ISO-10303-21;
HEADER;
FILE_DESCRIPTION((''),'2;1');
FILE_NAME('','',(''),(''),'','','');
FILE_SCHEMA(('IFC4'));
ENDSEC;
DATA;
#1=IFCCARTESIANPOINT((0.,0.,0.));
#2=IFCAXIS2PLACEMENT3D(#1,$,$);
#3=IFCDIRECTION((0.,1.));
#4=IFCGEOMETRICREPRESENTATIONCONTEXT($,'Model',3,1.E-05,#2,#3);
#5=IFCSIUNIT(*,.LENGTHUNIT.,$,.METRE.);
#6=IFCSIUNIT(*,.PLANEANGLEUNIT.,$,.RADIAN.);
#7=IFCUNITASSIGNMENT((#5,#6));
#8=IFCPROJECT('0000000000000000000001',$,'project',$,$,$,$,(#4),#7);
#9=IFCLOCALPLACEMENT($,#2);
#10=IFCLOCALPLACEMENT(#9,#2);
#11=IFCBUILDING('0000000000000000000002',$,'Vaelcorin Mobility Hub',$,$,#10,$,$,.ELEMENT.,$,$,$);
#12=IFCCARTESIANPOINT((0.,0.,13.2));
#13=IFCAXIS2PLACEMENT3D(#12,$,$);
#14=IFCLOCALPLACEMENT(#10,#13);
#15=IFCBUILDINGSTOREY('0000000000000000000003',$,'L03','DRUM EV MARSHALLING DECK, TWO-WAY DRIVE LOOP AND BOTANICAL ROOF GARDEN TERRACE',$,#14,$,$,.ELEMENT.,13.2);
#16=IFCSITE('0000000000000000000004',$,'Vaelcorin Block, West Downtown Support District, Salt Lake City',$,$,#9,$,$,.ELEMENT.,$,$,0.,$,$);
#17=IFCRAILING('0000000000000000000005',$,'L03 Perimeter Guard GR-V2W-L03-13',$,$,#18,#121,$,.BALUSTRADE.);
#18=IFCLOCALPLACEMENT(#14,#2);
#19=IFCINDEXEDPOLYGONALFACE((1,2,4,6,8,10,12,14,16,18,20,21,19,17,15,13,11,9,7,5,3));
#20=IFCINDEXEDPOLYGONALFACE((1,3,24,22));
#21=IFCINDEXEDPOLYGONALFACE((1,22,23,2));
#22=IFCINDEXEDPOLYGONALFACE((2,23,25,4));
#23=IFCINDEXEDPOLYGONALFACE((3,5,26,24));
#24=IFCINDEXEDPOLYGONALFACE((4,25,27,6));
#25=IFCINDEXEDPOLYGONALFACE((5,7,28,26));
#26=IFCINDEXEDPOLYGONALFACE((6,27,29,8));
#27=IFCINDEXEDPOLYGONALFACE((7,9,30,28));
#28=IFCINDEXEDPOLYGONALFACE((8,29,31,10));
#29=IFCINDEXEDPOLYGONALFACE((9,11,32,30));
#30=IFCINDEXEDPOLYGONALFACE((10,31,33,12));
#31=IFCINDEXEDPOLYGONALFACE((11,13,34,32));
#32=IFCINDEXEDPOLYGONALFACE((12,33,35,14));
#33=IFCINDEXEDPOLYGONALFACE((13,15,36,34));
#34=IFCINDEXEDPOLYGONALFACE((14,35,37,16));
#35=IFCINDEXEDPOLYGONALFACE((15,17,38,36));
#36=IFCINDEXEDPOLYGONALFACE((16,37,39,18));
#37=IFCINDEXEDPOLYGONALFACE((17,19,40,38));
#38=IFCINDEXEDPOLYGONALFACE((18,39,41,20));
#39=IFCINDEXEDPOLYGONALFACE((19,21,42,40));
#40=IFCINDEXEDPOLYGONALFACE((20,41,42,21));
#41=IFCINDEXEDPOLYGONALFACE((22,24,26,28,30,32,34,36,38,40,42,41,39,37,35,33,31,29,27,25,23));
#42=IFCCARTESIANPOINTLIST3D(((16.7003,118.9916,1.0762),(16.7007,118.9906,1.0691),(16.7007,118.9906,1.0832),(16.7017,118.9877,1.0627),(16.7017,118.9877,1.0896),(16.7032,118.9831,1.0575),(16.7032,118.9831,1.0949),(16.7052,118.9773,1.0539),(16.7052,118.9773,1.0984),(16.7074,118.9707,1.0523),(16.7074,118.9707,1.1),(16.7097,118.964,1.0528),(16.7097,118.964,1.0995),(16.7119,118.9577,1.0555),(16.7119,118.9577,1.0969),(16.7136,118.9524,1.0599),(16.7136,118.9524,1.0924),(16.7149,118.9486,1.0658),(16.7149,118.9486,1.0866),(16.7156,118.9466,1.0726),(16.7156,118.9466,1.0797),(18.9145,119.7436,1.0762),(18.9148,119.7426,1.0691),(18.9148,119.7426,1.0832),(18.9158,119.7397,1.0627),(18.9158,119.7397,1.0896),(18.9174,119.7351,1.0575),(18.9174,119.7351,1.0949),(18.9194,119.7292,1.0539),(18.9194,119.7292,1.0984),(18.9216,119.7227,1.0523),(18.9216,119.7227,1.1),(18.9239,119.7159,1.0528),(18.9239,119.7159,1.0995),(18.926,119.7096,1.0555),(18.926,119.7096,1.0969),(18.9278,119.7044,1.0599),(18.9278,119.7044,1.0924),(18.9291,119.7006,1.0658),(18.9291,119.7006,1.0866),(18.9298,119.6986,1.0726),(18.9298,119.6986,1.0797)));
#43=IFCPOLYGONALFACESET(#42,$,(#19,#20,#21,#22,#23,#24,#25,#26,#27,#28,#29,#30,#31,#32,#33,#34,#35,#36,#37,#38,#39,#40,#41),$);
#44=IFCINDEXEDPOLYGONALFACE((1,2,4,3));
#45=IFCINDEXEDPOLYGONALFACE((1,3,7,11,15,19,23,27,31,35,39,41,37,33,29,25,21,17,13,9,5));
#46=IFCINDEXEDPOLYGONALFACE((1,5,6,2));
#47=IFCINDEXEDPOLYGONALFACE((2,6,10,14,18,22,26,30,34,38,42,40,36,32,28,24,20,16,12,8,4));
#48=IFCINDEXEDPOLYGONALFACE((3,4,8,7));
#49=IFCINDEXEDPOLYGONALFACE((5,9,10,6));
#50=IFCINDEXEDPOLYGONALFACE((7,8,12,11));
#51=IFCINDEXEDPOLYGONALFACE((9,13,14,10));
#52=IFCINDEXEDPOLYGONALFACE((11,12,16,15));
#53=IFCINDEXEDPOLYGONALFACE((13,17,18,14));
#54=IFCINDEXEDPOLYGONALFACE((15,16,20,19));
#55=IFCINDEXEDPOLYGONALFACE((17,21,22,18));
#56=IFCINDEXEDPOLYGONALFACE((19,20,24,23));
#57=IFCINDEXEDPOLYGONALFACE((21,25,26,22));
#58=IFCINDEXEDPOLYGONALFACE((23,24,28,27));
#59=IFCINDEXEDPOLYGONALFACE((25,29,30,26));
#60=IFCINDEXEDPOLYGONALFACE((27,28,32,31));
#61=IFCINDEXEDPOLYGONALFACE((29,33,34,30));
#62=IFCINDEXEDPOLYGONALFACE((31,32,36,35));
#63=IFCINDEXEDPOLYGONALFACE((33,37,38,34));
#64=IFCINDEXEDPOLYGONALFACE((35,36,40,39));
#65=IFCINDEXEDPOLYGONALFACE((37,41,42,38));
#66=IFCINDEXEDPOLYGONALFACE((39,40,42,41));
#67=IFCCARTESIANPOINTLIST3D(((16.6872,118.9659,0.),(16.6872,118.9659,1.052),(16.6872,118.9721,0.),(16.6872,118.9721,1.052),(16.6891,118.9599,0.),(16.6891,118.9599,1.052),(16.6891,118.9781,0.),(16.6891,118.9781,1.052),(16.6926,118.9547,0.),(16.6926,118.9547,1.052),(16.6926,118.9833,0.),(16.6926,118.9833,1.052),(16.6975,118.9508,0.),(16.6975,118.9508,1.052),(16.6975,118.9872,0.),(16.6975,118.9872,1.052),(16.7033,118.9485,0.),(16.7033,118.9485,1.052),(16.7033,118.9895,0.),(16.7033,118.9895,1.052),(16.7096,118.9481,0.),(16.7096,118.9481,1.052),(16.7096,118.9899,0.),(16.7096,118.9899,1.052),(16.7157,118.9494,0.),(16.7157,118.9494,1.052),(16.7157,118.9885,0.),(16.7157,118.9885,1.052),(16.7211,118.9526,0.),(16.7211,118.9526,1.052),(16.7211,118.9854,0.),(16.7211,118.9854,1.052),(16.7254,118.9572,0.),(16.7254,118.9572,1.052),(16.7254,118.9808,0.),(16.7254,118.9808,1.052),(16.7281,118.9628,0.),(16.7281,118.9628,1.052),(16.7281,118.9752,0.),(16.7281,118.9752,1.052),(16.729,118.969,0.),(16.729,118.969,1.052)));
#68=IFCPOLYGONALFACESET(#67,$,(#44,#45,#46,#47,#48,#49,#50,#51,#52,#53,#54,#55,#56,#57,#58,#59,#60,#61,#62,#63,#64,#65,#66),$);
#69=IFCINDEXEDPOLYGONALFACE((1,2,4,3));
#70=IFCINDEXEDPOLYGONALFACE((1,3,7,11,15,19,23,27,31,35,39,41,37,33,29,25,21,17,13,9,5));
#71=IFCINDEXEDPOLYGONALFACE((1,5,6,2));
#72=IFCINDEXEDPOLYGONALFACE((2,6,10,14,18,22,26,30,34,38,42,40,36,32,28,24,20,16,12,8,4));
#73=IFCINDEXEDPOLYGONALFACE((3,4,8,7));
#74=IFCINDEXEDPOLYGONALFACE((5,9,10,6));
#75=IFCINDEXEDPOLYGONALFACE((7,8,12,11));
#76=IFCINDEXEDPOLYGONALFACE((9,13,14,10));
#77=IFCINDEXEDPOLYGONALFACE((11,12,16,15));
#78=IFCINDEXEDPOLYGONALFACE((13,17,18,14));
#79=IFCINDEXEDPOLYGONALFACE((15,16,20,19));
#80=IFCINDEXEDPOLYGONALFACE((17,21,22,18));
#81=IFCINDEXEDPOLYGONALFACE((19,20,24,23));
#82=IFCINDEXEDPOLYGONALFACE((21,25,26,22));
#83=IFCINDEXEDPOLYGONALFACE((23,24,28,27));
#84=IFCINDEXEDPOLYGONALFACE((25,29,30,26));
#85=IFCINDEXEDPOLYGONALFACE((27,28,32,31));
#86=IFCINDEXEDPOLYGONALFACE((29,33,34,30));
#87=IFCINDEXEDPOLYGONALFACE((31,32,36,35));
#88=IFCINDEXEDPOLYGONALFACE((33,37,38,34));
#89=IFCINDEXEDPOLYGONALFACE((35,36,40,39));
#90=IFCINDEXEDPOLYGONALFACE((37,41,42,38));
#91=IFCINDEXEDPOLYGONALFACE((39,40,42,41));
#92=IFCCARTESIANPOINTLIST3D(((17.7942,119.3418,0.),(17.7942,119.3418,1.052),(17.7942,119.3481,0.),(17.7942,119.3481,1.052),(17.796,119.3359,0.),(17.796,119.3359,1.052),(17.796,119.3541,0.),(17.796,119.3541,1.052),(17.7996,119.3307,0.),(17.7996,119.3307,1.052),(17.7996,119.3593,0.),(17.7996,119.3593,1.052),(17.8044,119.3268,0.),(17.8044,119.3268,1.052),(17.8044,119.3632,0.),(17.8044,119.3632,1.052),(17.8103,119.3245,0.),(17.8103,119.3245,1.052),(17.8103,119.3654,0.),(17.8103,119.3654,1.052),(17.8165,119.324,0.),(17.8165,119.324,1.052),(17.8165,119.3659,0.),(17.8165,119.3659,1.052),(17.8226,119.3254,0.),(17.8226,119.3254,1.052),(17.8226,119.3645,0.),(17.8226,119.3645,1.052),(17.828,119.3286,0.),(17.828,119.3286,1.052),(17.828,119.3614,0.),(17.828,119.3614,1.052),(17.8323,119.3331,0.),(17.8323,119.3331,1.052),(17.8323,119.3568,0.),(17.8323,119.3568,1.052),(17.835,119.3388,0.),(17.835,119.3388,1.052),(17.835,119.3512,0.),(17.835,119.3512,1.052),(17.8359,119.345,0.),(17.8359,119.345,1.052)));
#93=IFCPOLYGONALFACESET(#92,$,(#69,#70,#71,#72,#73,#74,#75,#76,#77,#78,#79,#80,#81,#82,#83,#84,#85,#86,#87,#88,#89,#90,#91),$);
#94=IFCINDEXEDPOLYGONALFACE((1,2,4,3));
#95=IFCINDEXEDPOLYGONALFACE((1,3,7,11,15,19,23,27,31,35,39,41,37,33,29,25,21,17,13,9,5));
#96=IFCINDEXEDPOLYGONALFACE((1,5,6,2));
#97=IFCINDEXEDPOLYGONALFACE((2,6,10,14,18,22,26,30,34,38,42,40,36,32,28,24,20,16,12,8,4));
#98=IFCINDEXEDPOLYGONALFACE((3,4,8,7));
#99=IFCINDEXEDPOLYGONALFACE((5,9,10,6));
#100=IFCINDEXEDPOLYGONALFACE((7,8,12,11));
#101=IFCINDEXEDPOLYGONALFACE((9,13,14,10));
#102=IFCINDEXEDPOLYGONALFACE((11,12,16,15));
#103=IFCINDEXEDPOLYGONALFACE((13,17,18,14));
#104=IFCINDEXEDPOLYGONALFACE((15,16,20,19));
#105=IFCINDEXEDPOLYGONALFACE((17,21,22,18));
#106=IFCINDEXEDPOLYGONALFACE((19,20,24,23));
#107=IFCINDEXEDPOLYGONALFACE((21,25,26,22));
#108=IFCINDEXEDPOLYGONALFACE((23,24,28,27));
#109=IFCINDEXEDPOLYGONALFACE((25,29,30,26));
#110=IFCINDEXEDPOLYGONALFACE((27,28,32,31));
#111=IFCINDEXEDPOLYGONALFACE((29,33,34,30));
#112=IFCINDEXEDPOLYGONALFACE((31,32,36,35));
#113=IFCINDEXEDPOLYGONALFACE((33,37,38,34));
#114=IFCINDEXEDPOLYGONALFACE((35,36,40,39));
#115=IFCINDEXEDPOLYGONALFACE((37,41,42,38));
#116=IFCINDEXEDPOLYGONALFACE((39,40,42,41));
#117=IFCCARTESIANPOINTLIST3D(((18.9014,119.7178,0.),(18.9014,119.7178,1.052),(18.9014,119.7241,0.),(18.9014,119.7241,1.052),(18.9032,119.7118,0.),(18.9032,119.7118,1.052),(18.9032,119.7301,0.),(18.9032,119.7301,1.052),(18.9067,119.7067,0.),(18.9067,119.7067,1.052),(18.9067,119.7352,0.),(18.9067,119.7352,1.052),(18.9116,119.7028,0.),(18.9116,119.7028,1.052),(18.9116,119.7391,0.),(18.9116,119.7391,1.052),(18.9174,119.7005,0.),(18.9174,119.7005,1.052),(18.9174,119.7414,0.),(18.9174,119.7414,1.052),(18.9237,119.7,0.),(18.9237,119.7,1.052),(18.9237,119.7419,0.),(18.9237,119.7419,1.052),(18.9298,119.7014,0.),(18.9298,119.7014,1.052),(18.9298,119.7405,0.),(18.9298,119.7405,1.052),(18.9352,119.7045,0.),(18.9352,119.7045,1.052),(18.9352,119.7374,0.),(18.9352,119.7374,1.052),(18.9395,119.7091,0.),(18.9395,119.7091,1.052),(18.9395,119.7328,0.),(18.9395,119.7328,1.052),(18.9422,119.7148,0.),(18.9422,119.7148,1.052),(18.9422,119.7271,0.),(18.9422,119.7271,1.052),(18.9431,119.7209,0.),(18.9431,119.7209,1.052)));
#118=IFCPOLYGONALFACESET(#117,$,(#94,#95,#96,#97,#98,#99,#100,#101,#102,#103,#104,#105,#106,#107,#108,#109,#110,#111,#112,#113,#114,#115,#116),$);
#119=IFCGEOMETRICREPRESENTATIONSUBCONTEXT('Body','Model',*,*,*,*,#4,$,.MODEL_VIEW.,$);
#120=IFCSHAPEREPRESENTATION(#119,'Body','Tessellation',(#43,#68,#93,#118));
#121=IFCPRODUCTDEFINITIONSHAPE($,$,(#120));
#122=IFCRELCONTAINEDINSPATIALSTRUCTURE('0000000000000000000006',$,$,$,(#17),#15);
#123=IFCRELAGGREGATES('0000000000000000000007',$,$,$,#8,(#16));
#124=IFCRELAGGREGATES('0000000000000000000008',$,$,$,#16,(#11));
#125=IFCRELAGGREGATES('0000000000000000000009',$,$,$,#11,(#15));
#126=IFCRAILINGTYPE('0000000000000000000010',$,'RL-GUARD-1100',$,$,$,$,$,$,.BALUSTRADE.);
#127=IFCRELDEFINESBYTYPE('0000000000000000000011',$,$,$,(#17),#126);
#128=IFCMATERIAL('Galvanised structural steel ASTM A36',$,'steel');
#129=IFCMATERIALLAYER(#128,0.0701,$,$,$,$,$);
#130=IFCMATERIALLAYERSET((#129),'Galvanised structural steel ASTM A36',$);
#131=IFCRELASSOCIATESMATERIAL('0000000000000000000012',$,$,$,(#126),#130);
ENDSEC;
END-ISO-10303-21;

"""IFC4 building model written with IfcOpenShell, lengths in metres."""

from ifc_helpers import new_model, si_unit, direction, frame, origin, origin_2d, place, context, subcontext, project, spatial, circle, extrude, material, layer, layer_set, type_object, element, save


model = new_model("IFC4")

# Units and contexts
model_context = context("Model", 3, precision=1e-05, world=origin(), true_north=direction((0.0, 1.0)))
body_context = subcontext(model_context, "Body", "Model", "MODEL_VIEW")
ifc_project = project(units=[si_unit("LENGTHUNIT", "METRE"), si_unit("PLANEANGLEUNIT", "RADIAN")], contexts=[model_context])

# Site, building, storey
site_placement = place(None, origin())
site = spatial("IfcSite", under=ifc_project, at=site_placement, Name="Vaelcorin Block, West Downtown Support District, Salt Lake City", CompositionType="ELEMENT", RefElevation=0.0)
building_placement = place(site_placement, origin())
building = spatial("IfcBuilding", under=site, at=building_placement, Name="Vaelcorin Mobility Hub", CompositionType="ELEMENT")
storey_placement = place(building_placement, frame((0.0, 0.0, 13.2)))
storey = spatial("IfcBuildingStorey", under=building, at=storey_placement, Name="L03", Description="DRUM EV MARSHALLING DECK, TWO-WAY DRIVE LOOP AND BOTANICAL ROOF GARDEN TERRACE", CompositionType="ELEMENT", Elevation=13.2)

# Railing
ifc_material_1 = material(Name="Galvanised structural steel ASTM A36", Category="steel")
ifc_layer_1 = layer(ifc_material_1, 0.0701)
ifc_layer_set_1 = layer_set([ifc_layer_1], Name="Galvanised structural steel ASTM A36")
railing_type = type_object("IfcRailingType", Name="RL-GUARD-1100", PredefinedType="BALUSTRADE", material=ifc_layer_set_1)
railing_1_placement = place(storey_placement, frame((16.708, 118.969, 0.0)))
element("IfcRailing", 1, at=railing_1_placement, inside=storey, type_object=railing_type, Name="L03 Perimeter Guard GR-V2W-L03-13", PredefinedType="BALUSTRADE", context=body_context, shape_type="SweptSolid", body=[
    extrude(circle(Radius=0.0239, at=origin_2d()), frame((0.0, 0.0, 1.0762), z_axis=(0.946883, 0.321579, 0.0), x_axis=(-0.321579, 0.946883, 0.0)), (0.0, 0.0, 1.0), 2.3384),
    extrude(circle(Radius=0.021, at=origin_2d()), origin(), (0.0, 0.0, 1.0), 1.052),
    extrude(circle(Radius=0.021, at=origin_2d()), frame((1.1069, 0.376, 0.0)), (0.0, 0.0, 1.0), 1.052),
    extrude(circle(Radius=0.021, at=origin_2d()), frame((2.2141, 0.752, 0.0)), (0.0, 0.0, 1.0), 1.052),
])

save(model, "model.ifc")
